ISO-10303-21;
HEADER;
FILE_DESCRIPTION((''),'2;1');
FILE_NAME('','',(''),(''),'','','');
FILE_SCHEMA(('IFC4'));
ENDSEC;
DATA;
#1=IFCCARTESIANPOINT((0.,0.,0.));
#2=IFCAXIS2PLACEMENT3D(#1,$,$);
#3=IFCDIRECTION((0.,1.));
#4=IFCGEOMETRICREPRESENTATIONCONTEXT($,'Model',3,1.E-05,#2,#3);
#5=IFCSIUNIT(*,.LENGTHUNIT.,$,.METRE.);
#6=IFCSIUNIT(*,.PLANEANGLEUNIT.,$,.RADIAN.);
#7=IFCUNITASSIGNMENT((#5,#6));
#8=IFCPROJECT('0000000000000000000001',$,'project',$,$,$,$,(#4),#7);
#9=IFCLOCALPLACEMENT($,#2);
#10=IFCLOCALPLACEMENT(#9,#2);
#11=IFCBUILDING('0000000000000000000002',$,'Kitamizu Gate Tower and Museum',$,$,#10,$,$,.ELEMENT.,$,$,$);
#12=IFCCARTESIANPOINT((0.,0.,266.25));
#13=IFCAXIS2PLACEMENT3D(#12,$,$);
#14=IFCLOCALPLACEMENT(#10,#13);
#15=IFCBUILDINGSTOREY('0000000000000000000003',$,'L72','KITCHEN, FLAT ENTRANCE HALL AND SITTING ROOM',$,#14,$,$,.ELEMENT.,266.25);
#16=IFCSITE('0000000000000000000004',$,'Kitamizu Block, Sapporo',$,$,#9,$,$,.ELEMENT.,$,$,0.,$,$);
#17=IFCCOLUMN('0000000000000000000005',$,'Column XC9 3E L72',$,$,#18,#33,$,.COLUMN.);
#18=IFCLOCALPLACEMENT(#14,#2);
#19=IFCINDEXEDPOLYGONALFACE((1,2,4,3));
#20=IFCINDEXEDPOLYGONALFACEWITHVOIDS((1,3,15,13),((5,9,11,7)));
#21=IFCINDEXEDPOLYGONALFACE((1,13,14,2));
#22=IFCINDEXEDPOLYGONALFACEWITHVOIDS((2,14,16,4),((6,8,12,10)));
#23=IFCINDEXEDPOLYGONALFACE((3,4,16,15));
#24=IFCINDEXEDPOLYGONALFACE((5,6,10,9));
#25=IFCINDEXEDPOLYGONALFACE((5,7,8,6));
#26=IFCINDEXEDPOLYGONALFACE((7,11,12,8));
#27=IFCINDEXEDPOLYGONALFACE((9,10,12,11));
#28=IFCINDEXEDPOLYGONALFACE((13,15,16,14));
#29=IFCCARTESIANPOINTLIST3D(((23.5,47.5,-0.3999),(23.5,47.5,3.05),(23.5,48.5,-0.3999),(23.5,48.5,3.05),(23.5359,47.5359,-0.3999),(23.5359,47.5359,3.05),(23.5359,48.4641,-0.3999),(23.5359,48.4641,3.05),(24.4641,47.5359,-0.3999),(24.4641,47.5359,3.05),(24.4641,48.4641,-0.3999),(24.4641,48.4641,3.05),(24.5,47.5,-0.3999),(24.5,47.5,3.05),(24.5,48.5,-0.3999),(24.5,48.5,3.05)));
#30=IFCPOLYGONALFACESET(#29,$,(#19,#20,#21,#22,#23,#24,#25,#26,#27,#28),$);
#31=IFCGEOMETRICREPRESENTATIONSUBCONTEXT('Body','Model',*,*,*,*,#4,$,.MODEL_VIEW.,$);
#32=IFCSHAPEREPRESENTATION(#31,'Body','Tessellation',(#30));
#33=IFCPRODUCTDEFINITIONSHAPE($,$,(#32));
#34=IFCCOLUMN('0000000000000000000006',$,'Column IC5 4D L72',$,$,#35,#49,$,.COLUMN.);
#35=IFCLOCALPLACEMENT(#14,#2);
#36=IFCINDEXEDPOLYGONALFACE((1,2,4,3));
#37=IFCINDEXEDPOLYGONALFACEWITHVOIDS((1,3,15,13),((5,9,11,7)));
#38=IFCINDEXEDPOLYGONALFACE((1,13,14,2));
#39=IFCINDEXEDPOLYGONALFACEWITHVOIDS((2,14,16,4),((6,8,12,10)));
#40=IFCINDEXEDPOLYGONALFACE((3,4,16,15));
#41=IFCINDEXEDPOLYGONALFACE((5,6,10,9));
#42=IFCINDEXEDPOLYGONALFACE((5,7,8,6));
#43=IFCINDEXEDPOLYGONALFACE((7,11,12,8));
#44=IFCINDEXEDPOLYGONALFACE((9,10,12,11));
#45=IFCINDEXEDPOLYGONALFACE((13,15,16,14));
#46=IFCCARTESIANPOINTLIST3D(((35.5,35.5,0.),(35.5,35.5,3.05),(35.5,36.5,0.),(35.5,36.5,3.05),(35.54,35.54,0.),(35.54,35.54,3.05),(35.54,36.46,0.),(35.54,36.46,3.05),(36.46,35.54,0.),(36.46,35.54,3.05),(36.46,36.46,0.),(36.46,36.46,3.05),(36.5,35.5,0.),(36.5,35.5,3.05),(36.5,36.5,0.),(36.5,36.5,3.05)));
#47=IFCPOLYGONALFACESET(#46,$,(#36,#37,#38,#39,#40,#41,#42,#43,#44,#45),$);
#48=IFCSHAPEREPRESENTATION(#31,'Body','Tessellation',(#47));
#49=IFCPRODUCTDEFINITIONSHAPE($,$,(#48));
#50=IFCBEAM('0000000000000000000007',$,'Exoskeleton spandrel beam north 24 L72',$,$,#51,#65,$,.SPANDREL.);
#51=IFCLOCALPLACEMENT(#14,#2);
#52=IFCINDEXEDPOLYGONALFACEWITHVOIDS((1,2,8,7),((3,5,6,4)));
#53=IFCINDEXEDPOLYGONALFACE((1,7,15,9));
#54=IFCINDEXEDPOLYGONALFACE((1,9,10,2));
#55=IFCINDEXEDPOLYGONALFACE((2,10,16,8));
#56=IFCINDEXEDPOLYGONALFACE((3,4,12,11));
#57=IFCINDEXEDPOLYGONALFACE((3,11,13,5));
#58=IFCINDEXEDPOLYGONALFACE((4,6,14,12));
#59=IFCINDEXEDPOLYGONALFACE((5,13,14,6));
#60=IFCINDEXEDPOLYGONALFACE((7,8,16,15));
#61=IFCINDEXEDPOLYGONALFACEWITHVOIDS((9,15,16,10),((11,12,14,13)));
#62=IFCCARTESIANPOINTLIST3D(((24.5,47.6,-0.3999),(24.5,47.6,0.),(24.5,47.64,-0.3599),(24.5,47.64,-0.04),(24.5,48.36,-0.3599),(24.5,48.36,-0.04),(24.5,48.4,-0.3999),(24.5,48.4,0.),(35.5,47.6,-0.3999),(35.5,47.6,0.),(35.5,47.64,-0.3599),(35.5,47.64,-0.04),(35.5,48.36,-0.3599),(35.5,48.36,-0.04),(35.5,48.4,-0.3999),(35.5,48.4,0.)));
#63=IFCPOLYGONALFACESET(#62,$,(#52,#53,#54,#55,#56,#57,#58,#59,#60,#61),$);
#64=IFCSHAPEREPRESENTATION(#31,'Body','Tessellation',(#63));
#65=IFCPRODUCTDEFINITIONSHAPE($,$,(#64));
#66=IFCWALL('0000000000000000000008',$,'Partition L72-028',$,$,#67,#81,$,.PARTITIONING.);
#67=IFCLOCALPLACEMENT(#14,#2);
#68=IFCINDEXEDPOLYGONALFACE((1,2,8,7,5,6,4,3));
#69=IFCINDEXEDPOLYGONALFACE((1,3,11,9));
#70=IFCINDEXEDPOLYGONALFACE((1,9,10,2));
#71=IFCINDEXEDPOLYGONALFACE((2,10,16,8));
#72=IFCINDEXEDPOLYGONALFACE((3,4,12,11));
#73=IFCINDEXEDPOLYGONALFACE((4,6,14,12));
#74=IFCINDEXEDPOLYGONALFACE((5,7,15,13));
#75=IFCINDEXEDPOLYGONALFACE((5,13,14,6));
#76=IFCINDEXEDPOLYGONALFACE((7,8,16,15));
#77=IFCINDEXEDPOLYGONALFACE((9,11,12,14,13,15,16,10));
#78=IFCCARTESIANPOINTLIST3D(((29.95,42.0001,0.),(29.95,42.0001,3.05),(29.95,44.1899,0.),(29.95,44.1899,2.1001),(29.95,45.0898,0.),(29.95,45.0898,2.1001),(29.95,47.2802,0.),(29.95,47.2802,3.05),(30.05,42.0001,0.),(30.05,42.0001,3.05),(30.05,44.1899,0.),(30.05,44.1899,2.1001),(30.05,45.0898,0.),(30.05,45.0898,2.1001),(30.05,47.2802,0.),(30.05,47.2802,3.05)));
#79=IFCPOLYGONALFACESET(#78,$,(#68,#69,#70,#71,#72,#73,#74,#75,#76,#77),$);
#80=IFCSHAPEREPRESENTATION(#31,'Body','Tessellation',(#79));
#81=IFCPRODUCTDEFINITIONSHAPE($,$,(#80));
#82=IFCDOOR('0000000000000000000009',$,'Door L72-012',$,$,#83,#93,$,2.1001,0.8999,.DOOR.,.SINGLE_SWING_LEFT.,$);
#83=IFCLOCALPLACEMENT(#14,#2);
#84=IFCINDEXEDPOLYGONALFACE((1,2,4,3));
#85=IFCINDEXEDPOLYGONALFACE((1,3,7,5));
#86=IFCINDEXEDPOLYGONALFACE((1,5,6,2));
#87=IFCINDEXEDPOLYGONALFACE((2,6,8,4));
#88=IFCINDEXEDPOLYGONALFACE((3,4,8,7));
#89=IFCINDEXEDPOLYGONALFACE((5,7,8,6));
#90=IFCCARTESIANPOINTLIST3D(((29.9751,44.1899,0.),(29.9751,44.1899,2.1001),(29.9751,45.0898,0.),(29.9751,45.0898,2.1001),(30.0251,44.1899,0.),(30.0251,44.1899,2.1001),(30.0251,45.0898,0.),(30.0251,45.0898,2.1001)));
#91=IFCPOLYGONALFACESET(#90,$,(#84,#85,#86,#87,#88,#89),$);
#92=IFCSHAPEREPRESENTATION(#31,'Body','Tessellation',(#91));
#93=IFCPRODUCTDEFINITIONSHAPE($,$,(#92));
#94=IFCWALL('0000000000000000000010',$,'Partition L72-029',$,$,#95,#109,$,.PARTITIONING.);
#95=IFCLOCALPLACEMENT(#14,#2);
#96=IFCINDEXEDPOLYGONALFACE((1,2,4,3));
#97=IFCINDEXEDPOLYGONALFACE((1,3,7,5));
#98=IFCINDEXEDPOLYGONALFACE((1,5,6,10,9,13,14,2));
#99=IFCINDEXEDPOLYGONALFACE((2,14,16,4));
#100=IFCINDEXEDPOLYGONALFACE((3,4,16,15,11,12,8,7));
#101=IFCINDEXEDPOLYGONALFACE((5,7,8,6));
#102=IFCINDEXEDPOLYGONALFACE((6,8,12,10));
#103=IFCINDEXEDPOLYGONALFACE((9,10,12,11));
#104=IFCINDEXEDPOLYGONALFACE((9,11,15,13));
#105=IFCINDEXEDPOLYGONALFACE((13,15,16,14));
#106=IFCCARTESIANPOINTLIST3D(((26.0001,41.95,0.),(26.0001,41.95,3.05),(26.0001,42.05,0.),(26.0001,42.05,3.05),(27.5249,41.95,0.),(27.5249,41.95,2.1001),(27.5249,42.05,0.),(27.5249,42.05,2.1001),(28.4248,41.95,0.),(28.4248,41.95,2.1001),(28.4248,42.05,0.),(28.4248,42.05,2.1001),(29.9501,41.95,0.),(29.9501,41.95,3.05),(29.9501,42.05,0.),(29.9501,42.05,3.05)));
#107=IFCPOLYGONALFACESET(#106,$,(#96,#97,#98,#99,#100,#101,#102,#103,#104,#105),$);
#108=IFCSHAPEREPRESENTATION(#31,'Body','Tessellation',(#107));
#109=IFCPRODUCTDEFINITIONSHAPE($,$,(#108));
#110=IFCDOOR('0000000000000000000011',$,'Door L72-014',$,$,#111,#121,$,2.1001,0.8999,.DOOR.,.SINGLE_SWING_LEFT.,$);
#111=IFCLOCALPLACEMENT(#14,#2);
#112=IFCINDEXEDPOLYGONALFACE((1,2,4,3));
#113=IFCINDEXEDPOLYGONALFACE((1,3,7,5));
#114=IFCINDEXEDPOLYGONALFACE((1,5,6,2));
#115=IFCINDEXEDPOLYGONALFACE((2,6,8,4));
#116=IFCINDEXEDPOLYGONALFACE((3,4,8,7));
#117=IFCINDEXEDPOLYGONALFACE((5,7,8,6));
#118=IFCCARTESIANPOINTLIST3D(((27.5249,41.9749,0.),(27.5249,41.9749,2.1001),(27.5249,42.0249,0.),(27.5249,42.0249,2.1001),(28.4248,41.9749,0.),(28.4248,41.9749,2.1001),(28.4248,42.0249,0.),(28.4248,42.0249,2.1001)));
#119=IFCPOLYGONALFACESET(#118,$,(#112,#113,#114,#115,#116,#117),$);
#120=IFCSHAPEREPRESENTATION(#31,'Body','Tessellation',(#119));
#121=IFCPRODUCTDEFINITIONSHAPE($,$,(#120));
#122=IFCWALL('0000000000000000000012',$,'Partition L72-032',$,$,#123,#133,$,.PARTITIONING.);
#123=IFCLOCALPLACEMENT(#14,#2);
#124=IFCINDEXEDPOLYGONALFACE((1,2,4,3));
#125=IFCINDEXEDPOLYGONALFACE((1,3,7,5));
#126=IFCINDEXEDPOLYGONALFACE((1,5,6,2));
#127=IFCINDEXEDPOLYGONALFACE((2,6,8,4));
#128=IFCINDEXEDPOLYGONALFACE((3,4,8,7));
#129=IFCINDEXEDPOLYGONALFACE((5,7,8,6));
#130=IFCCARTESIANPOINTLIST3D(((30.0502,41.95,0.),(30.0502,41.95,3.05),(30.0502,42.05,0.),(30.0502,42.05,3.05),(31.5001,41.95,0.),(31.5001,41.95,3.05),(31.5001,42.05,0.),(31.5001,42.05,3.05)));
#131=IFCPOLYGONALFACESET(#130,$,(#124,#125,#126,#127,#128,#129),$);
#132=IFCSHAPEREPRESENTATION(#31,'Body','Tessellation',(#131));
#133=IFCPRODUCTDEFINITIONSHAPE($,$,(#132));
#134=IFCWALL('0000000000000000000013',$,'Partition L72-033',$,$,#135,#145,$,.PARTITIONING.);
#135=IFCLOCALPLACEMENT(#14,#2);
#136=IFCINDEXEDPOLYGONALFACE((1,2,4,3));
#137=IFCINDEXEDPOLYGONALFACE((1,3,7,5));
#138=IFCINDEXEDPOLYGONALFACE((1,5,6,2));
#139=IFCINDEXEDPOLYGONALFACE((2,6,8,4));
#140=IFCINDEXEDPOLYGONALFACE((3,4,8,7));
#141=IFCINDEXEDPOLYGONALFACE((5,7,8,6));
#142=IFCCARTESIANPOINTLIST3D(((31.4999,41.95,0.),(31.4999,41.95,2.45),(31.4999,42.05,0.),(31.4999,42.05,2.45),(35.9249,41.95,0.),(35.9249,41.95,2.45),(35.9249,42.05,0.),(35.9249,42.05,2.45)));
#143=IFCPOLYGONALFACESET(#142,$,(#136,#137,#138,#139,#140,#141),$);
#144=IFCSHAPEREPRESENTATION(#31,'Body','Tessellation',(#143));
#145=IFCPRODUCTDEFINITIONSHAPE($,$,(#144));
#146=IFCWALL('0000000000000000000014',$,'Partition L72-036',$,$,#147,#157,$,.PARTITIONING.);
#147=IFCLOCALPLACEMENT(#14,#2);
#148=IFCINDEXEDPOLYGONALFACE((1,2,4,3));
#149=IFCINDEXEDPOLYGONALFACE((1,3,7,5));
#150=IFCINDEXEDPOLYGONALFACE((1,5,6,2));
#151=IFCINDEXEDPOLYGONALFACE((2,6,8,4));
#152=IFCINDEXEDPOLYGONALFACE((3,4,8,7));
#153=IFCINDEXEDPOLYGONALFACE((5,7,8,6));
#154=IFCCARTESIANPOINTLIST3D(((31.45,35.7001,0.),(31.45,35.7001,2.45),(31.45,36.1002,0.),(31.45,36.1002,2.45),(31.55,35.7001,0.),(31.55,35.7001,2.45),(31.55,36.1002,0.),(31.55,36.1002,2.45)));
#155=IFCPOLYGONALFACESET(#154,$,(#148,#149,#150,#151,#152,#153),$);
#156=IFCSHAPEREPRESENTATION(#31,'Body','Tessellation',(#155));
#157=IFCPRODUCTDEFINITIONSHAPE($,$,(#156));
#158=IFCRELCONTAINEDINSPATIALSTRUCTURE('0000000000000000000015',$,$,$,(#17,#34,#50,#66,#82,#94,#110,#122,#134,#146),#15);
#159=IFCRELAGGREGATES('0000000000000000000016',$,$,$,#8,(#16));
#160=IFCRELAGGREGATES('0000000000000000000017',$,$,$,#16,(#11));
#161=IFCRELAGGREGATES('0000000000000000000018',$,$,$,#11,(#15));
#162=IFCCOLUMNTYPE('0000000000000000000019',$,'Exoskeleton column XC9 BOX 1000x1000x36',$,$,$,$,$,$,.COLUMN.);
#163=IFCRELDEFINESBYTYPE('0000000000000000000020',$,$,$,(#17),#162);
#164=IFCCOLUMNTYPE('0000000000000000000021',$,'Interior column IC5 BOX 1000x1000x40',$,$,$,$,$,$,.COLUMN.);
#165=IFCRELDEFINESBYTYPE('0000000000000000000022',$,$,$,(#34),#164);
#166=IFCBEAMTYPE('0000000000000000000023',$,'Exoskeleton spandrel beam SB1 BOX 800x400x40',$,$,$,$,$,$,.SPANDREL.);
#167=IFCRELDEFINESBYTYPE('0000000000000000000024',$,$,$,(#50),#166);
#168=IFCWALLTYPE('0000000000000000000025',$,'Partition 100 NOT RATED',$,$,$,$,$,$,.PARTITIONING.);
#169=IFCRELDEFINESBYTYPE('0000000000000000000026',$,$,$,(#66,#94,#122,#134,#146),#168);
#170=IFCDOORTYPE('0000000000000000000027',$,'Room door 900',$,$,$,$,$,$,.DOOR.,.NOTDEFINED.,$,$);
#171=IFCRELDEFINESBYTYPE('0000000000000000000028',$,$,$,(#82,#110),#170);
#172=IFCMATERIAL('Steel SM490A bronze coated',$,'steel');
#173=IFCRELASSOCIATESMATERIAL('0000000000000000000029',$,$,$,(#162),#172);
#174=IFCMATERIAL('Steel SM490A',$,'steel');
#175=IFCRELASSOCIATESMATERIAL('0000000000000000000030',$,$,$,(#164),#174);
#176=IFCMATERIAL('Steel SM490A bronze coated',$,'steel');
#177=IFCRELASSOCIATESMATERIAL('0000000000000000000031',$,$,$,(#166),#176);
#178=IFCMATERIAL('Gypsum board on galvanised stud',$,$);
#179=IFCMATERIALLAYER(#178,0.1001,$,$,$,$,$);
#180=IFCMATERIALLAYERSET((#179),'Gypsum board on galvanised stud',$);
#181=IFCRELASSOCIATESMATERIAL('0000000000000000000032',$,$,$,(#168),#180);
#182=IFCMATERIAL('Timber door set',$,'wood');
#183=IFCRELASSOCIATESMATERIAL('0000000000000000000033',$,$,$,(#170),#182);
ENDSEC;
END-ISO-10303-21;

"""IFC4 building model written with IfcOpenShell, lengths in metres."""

from ifc_helpers import new_model, si_unit, direction, frame, frame_2d, origin, origin_2d, place, context, subcontext, project, spatial, rectangle, hollow_rectangle, extrude, material, layer, layer_set, material_profile, profile_set, type_object, element, fill, save


model = new_model("IFC4")

# Units and contexts
model_context = context("Model", 3, precision=1e-05, world=origin(), true_north=direction((0.0, 1.0)))
body_context = subcontext(model_context, "Body", "Model", "MODEL_VIEW")
ifc_project = project(units=[si_unit("LENGTHUNIT", "METRE"), si_unit("PLANEANGLEUNIT", "RADIAN")], contexts=[model_context])

# Site, building, storey
site_placement = place(None, origin())
site = spatial("IfcSite", under=ifc_project, at=site_placement, Name="Kitamizu Block, Sapporo", CompositionType="ELEMENT", RefElevation=0.0)
building_placement = place(site_placement, origin())
building = spatial("IfcBuilding", under=site, at=building_placement, Name="Kitamizu Gate Tower and Museum", CompositionType="ELEMENT")
storey_placement = place(building_placement, frame((0.0, 0.0, 266.25)))
storey = spatial("IfcBuildingStorey", under=building, at=storey_placement, Name="L72", Description="KITCHEN, FLAT ENTRANCE HALL AND SITTING ROOM", CompositionType="ELEMENT", Elevation=266.25)

# Columns
ifc_material_1 = material(Name="Steel SM490A bronze coated", Category="steel")
ifc_material_profile_1 = material_profile(ifc_material_1, hollow_rectangle(XDim=1.0, YDim=1.0, WallThickness=0.0359, at=origin_2d()), Name="BOX 1000x1000x36")
ifc_profile_set_1 = profile_set([ifc_material_profile_1], Name="Steel SM490A bronze coated")
column_type_1 = type_object("IfcColumnType", Name="Exoskeleton column XC9 BOX 1000x1000x36", PredefinedType="COLUMN", material=ifc_profile_set_1)
column_1_placement = place(storey_placement, frame((24.0, 48.0, -0.3999), z_axis=(0.0, 0.0, 1.0), x_axis=(1.0, 0.0, 0.0)))
element("IfcColumn", 1, at=column_1_placement, inside=storey, type_object=column_type_1, Name="Column XC9 3E L72", PredefinedType="COLUMN", context=body_context, shape_type="SweptSolid", body=[
    extrude(hollow_rectangle(XDim=1.0, YDim=1.0, WallThickness=0.0359, at=origin_2d()), origin(), (0.0, 0.0, 1.0), 3.45),
])
ifc_material_2 = material(Name="Steel SM490A", Category="steel")
ifc_material_profile_2 = material_profile(ifc_material_2, hollow_rectangle(XDim=1.0, YDim=1.0, WallThickness=0.04, at=origin_2d()), Name="BOX 1000x1000x40")
ifc_profile_set_2 = profile_set([ifc_material_profile_2], Name="Steel SM490A")
column_type_2 = type_object("IfcColumnType", Name="Interior column IC5 BOX 1000x1000x40", PredefinedType="COLUMN", material=ifc_profile_set_2)
column_2_placement = place(storey_placement, frame((36.0, 36.0, 0.0), z_axis=(0.0, 0.0, 1.0), x_axis=(1.0, 0.0, 0.0)))
element("IfcColumn", 2, at=column_2_placement, inside=storey, type_object=column_type_2, Name="Column IC5 4D L72", PredefinedType="COLUMN", context=body_context, shape_type="SweptSolid", body=[
    extrude(hollow_rectangle(XDim=1.0, YDim=1.0, WallThickness=0.04, at=origin_2d()), origin(), (0.0, 0.0, 1.0), 3.05),
])

# Beam
ifc_material_3 = material(Name="Steel SM490A bronze coated", Category="steel")
ifc_material_profile_3 = material_profile(ifc_material_3, hollow_rectangle(XDim=0.8, YDim=0.3999, WallThickness=0.04, at=origin_2d()), Name="BOX 800x400x40")
ifc_profile_set_3 = profile_set([ifc_material_profile_3], Name="Steel SM490A bronze coated")
beam_type = type_object("IfcBeamType", Name="Exoskeleton spandrel beam SB1 BOX 800x400x40", PredefinedType="SPANDREL", material=ifc_profile_set_3)
beam_placement = place(storey_placement, frame((24.5, 48.0, -0.2), z_axis=(1.0, 0.0, 0.0), x_axis=(0.0, 1.0, 0.0)))
element("IfcBeam", 3, at=beam_placement, inside=storey, type_object=beam_type, Name="Exoskeleton spandrel beam north 24 L72", PredefinedType="SPANDREL", context=body_context, shape_type="SweptSolid", body=[
    extrude(hollow_rectangle(XDim=0.8, YDim=0.3999, WallThickness=0.04, at=origin_2d()), origin(), (0.0, 0.0, 1.0), 11.0),
])

# Walls, openings, doors
ifc_material_4 = material(Name="Gypsum board on galvanised stud")
ifc_layer_1 = layer(ifc_material_4, 0.1001)
ifc_layer_set_1 = layer_set([ifc_layer_1], Name="Gypsum board on galvanised stud")
wall_type_1 = type_object("IfcWallType", Name="Partition 100 NOT RATED", PredefinedType="PARTITIONING", material=ifc_layer_set_1)
wall_1_placement = place(storey_placement, frame((30.0, 42.0, 0.0), z_axis=(0.0, 0.0, 1.0), x_axis=(0.0, 1.0, 0.0)))
wall_1 = element("IfcWall", 4, at=wall_1_placement, inside=storey, type_object=wall_type_1, Name="Partition L72-028", PredefinedType="PARTITIONING", context=body_context, shape_type="SweptSolid", body=[
    extrude(rectangle(XDim=5.28, YDim=0.1001, at=frame_2d((2.6401, 0.0))), origin(), (0.0, 0.0, 1.0), 3.05),
])
opening_1_placement = place(wall_1_placement, frame((2.1899, 0.0, 0.0)))
opening_1 = element("IfcOpeningElement", 5, at=opening_1_placement, cuts=wall_1, PredefinedType="OPENING", context=body_context, shape_type="SweptSolid", body=[
    extrude(rectangle(XDim=0.8999, YDim=2.1001, at=frame_2d((0.45, 1.05))), frame((0.0, 0.0601, 0.0), z_axis=(0.0, -1.0, 0.0), x_axis=(1.0, 0.0, 0.0)), (0.0, 0.0, 1.0), 0.1201),
])
ifc_material_5 = material(Name="Timber door set", Category="wood")
door_type_1 = type_object("IfcDoorType", Name="Room door 900", OperationType="NOTDEFINED", PredefinedType="DOOR", material=ifc_material_5)
door_1_placement = place(opening_1_placement, origin())
door_1 = element("IfcDoor", 6, at=door_1_placement, inside=storey, type_object=door_type_1, Name="Door L72-012", OperationType="SINGLE_SWING_LEFT", OverallHeight=2.1001, OverallWidth=0.8999, PredefinedType="DOOR", context=body_context, shape_type="SweptSolid", body=[
    extrude(rectangle(XDim=0.8999, YDim=2.1001, at=frame_2d((0.45, 1.05))), frame((0.0, 0.0249, 0.0), z_axis=(0.0, -1.0, 0.0), x_axis=(1.0, 0.0, 0.0)), (0.0, 0.0, 1.0), 0.05),
])
fill(opening_1, door_1)
wall_2_placement = place(storey_placement, frame((26.0, 42.0, 0.0), z_axis=(0.0, 0.0, 1.0), x_axis=(1.0, 0.0, 0.0)))
wall_2 = element("IfcWall", 7, at=wall_2_placement, inside=storey, type_object=wall_type_1, Name="Partition L72-029", PredefinedType="PARTITIONING", context=body_context, shape_type="SweptSolid", body=[
    extrude(rectangle(XDim=3.95, YDim=0.1001, at=frame_2d((1.9751, 0.0))), origin(), (0.0, 0.0, 1.0), 3.05),
])
opening_2_placement = place(wall_2_placement, frame((1.5249, 0.0, 0.0)))
opening_2 = element("IfcOpeningElement", 8, at=opening_2_placement, cuts=wall_2, PredefinedType="OPENING", context=body_context, shape_type="SweptSolid", body=[
    extrude(rectangle(XDim=0.8999, YDim=2.1001, at=frame_2d((0.45, 1.05))), frame((0.0, 0.0601, 0.0), z_axis=(0.0, -1.0, 0.0), x_axis=(1.0, 0.0, 0.0)), (0.0, 0.0, 1.0), 0.1201),
])
door_2_placement = place(opening_2_placement, origin())
door_2 = element("IfcDoor", 9, at=door_2_placement, inside=storey, type_object=door_type_1, Name="Door L72-014", OperationType="SINGLE_SWING_LEFT", OverallHeight=2.1001, OverallWidth=0.8999, PredefinedType="DOOR", context=body_context, shape_type="SweptSolid", body=[
    extrude(rectangle(XDim=0.8999, YDim=2.1001, at=frame_2d((0.45, 1.05))), frame((0.0, 0.0249, 0.0), z_axis=(0.0, -1.0, 0.0), x_axis=(1.0, 0.0, 0.0)), (0.0, 0.0, 1.0), 0.05),
])
fill(opening_2, door_2)

# Walls
wall_3_placement = place(storey_placement, frame((30.05, 42.0, 0.0), z_axis=(0.0, 0.0, 1.0), x_axis=(1.0, 0.0, 0.0)))
element("IfcWall", 10, at=wall_3_placement, inside=storey, type_object=wall_type_1, Name="Partition L72-032", PredefinedType="PARTITIONING", context=body_context, shape_type="SweptSolid", body=[
    extrude(rectangle(XDim=1.45, YDim=0.1001, at=frame_2d((0.7251, 0.0))), origin(), (0.0, 0.0, 1.0), 3.05),
])
wall_4_placement = place(storey_placement, frame((31.5, 42.0, 0.0), z_axis=(0.0, 0.0, 1.0), x_axis=(1.0, 0.0, 0.0)))
element("IfcWall", 11, at=wall_4_placement, inside=storey, type_object=wall_type_1, Name="Partition L72-033", PredefinedType="PARTITIONING", context=body_context, shape_type="SweptSolid", body=[
    extrude(rectangle(XDim=4.425, YDim=0.1001, at=frame_2d((2.2124, 0.0))), origin(), (0.0, 0.0, 1.0), 2.45),
])
wall_5_placement = place(storey_placement, frame((31.5, 35.7, 0.0), z_axis=(0.0, 0.0, 1.0), x_axis=(0.0, 1.0, 0.0)))
element("IfcWall", 12, at=wall_5_placement, inside=storey, type_object=wall_type_1, Name="Partition L72-036", PredefinedType="PARTITIONING", context=body_context, shape_type="SweptSolid", body=[
    extrude(rectangle(XDim=0.4001, YDim=0.1001, at=frame_2d((0.2002, 0.0))), origin(), (0.0, 0.0, 1.0), 2.45),
])

save(model, "model.ifc")
